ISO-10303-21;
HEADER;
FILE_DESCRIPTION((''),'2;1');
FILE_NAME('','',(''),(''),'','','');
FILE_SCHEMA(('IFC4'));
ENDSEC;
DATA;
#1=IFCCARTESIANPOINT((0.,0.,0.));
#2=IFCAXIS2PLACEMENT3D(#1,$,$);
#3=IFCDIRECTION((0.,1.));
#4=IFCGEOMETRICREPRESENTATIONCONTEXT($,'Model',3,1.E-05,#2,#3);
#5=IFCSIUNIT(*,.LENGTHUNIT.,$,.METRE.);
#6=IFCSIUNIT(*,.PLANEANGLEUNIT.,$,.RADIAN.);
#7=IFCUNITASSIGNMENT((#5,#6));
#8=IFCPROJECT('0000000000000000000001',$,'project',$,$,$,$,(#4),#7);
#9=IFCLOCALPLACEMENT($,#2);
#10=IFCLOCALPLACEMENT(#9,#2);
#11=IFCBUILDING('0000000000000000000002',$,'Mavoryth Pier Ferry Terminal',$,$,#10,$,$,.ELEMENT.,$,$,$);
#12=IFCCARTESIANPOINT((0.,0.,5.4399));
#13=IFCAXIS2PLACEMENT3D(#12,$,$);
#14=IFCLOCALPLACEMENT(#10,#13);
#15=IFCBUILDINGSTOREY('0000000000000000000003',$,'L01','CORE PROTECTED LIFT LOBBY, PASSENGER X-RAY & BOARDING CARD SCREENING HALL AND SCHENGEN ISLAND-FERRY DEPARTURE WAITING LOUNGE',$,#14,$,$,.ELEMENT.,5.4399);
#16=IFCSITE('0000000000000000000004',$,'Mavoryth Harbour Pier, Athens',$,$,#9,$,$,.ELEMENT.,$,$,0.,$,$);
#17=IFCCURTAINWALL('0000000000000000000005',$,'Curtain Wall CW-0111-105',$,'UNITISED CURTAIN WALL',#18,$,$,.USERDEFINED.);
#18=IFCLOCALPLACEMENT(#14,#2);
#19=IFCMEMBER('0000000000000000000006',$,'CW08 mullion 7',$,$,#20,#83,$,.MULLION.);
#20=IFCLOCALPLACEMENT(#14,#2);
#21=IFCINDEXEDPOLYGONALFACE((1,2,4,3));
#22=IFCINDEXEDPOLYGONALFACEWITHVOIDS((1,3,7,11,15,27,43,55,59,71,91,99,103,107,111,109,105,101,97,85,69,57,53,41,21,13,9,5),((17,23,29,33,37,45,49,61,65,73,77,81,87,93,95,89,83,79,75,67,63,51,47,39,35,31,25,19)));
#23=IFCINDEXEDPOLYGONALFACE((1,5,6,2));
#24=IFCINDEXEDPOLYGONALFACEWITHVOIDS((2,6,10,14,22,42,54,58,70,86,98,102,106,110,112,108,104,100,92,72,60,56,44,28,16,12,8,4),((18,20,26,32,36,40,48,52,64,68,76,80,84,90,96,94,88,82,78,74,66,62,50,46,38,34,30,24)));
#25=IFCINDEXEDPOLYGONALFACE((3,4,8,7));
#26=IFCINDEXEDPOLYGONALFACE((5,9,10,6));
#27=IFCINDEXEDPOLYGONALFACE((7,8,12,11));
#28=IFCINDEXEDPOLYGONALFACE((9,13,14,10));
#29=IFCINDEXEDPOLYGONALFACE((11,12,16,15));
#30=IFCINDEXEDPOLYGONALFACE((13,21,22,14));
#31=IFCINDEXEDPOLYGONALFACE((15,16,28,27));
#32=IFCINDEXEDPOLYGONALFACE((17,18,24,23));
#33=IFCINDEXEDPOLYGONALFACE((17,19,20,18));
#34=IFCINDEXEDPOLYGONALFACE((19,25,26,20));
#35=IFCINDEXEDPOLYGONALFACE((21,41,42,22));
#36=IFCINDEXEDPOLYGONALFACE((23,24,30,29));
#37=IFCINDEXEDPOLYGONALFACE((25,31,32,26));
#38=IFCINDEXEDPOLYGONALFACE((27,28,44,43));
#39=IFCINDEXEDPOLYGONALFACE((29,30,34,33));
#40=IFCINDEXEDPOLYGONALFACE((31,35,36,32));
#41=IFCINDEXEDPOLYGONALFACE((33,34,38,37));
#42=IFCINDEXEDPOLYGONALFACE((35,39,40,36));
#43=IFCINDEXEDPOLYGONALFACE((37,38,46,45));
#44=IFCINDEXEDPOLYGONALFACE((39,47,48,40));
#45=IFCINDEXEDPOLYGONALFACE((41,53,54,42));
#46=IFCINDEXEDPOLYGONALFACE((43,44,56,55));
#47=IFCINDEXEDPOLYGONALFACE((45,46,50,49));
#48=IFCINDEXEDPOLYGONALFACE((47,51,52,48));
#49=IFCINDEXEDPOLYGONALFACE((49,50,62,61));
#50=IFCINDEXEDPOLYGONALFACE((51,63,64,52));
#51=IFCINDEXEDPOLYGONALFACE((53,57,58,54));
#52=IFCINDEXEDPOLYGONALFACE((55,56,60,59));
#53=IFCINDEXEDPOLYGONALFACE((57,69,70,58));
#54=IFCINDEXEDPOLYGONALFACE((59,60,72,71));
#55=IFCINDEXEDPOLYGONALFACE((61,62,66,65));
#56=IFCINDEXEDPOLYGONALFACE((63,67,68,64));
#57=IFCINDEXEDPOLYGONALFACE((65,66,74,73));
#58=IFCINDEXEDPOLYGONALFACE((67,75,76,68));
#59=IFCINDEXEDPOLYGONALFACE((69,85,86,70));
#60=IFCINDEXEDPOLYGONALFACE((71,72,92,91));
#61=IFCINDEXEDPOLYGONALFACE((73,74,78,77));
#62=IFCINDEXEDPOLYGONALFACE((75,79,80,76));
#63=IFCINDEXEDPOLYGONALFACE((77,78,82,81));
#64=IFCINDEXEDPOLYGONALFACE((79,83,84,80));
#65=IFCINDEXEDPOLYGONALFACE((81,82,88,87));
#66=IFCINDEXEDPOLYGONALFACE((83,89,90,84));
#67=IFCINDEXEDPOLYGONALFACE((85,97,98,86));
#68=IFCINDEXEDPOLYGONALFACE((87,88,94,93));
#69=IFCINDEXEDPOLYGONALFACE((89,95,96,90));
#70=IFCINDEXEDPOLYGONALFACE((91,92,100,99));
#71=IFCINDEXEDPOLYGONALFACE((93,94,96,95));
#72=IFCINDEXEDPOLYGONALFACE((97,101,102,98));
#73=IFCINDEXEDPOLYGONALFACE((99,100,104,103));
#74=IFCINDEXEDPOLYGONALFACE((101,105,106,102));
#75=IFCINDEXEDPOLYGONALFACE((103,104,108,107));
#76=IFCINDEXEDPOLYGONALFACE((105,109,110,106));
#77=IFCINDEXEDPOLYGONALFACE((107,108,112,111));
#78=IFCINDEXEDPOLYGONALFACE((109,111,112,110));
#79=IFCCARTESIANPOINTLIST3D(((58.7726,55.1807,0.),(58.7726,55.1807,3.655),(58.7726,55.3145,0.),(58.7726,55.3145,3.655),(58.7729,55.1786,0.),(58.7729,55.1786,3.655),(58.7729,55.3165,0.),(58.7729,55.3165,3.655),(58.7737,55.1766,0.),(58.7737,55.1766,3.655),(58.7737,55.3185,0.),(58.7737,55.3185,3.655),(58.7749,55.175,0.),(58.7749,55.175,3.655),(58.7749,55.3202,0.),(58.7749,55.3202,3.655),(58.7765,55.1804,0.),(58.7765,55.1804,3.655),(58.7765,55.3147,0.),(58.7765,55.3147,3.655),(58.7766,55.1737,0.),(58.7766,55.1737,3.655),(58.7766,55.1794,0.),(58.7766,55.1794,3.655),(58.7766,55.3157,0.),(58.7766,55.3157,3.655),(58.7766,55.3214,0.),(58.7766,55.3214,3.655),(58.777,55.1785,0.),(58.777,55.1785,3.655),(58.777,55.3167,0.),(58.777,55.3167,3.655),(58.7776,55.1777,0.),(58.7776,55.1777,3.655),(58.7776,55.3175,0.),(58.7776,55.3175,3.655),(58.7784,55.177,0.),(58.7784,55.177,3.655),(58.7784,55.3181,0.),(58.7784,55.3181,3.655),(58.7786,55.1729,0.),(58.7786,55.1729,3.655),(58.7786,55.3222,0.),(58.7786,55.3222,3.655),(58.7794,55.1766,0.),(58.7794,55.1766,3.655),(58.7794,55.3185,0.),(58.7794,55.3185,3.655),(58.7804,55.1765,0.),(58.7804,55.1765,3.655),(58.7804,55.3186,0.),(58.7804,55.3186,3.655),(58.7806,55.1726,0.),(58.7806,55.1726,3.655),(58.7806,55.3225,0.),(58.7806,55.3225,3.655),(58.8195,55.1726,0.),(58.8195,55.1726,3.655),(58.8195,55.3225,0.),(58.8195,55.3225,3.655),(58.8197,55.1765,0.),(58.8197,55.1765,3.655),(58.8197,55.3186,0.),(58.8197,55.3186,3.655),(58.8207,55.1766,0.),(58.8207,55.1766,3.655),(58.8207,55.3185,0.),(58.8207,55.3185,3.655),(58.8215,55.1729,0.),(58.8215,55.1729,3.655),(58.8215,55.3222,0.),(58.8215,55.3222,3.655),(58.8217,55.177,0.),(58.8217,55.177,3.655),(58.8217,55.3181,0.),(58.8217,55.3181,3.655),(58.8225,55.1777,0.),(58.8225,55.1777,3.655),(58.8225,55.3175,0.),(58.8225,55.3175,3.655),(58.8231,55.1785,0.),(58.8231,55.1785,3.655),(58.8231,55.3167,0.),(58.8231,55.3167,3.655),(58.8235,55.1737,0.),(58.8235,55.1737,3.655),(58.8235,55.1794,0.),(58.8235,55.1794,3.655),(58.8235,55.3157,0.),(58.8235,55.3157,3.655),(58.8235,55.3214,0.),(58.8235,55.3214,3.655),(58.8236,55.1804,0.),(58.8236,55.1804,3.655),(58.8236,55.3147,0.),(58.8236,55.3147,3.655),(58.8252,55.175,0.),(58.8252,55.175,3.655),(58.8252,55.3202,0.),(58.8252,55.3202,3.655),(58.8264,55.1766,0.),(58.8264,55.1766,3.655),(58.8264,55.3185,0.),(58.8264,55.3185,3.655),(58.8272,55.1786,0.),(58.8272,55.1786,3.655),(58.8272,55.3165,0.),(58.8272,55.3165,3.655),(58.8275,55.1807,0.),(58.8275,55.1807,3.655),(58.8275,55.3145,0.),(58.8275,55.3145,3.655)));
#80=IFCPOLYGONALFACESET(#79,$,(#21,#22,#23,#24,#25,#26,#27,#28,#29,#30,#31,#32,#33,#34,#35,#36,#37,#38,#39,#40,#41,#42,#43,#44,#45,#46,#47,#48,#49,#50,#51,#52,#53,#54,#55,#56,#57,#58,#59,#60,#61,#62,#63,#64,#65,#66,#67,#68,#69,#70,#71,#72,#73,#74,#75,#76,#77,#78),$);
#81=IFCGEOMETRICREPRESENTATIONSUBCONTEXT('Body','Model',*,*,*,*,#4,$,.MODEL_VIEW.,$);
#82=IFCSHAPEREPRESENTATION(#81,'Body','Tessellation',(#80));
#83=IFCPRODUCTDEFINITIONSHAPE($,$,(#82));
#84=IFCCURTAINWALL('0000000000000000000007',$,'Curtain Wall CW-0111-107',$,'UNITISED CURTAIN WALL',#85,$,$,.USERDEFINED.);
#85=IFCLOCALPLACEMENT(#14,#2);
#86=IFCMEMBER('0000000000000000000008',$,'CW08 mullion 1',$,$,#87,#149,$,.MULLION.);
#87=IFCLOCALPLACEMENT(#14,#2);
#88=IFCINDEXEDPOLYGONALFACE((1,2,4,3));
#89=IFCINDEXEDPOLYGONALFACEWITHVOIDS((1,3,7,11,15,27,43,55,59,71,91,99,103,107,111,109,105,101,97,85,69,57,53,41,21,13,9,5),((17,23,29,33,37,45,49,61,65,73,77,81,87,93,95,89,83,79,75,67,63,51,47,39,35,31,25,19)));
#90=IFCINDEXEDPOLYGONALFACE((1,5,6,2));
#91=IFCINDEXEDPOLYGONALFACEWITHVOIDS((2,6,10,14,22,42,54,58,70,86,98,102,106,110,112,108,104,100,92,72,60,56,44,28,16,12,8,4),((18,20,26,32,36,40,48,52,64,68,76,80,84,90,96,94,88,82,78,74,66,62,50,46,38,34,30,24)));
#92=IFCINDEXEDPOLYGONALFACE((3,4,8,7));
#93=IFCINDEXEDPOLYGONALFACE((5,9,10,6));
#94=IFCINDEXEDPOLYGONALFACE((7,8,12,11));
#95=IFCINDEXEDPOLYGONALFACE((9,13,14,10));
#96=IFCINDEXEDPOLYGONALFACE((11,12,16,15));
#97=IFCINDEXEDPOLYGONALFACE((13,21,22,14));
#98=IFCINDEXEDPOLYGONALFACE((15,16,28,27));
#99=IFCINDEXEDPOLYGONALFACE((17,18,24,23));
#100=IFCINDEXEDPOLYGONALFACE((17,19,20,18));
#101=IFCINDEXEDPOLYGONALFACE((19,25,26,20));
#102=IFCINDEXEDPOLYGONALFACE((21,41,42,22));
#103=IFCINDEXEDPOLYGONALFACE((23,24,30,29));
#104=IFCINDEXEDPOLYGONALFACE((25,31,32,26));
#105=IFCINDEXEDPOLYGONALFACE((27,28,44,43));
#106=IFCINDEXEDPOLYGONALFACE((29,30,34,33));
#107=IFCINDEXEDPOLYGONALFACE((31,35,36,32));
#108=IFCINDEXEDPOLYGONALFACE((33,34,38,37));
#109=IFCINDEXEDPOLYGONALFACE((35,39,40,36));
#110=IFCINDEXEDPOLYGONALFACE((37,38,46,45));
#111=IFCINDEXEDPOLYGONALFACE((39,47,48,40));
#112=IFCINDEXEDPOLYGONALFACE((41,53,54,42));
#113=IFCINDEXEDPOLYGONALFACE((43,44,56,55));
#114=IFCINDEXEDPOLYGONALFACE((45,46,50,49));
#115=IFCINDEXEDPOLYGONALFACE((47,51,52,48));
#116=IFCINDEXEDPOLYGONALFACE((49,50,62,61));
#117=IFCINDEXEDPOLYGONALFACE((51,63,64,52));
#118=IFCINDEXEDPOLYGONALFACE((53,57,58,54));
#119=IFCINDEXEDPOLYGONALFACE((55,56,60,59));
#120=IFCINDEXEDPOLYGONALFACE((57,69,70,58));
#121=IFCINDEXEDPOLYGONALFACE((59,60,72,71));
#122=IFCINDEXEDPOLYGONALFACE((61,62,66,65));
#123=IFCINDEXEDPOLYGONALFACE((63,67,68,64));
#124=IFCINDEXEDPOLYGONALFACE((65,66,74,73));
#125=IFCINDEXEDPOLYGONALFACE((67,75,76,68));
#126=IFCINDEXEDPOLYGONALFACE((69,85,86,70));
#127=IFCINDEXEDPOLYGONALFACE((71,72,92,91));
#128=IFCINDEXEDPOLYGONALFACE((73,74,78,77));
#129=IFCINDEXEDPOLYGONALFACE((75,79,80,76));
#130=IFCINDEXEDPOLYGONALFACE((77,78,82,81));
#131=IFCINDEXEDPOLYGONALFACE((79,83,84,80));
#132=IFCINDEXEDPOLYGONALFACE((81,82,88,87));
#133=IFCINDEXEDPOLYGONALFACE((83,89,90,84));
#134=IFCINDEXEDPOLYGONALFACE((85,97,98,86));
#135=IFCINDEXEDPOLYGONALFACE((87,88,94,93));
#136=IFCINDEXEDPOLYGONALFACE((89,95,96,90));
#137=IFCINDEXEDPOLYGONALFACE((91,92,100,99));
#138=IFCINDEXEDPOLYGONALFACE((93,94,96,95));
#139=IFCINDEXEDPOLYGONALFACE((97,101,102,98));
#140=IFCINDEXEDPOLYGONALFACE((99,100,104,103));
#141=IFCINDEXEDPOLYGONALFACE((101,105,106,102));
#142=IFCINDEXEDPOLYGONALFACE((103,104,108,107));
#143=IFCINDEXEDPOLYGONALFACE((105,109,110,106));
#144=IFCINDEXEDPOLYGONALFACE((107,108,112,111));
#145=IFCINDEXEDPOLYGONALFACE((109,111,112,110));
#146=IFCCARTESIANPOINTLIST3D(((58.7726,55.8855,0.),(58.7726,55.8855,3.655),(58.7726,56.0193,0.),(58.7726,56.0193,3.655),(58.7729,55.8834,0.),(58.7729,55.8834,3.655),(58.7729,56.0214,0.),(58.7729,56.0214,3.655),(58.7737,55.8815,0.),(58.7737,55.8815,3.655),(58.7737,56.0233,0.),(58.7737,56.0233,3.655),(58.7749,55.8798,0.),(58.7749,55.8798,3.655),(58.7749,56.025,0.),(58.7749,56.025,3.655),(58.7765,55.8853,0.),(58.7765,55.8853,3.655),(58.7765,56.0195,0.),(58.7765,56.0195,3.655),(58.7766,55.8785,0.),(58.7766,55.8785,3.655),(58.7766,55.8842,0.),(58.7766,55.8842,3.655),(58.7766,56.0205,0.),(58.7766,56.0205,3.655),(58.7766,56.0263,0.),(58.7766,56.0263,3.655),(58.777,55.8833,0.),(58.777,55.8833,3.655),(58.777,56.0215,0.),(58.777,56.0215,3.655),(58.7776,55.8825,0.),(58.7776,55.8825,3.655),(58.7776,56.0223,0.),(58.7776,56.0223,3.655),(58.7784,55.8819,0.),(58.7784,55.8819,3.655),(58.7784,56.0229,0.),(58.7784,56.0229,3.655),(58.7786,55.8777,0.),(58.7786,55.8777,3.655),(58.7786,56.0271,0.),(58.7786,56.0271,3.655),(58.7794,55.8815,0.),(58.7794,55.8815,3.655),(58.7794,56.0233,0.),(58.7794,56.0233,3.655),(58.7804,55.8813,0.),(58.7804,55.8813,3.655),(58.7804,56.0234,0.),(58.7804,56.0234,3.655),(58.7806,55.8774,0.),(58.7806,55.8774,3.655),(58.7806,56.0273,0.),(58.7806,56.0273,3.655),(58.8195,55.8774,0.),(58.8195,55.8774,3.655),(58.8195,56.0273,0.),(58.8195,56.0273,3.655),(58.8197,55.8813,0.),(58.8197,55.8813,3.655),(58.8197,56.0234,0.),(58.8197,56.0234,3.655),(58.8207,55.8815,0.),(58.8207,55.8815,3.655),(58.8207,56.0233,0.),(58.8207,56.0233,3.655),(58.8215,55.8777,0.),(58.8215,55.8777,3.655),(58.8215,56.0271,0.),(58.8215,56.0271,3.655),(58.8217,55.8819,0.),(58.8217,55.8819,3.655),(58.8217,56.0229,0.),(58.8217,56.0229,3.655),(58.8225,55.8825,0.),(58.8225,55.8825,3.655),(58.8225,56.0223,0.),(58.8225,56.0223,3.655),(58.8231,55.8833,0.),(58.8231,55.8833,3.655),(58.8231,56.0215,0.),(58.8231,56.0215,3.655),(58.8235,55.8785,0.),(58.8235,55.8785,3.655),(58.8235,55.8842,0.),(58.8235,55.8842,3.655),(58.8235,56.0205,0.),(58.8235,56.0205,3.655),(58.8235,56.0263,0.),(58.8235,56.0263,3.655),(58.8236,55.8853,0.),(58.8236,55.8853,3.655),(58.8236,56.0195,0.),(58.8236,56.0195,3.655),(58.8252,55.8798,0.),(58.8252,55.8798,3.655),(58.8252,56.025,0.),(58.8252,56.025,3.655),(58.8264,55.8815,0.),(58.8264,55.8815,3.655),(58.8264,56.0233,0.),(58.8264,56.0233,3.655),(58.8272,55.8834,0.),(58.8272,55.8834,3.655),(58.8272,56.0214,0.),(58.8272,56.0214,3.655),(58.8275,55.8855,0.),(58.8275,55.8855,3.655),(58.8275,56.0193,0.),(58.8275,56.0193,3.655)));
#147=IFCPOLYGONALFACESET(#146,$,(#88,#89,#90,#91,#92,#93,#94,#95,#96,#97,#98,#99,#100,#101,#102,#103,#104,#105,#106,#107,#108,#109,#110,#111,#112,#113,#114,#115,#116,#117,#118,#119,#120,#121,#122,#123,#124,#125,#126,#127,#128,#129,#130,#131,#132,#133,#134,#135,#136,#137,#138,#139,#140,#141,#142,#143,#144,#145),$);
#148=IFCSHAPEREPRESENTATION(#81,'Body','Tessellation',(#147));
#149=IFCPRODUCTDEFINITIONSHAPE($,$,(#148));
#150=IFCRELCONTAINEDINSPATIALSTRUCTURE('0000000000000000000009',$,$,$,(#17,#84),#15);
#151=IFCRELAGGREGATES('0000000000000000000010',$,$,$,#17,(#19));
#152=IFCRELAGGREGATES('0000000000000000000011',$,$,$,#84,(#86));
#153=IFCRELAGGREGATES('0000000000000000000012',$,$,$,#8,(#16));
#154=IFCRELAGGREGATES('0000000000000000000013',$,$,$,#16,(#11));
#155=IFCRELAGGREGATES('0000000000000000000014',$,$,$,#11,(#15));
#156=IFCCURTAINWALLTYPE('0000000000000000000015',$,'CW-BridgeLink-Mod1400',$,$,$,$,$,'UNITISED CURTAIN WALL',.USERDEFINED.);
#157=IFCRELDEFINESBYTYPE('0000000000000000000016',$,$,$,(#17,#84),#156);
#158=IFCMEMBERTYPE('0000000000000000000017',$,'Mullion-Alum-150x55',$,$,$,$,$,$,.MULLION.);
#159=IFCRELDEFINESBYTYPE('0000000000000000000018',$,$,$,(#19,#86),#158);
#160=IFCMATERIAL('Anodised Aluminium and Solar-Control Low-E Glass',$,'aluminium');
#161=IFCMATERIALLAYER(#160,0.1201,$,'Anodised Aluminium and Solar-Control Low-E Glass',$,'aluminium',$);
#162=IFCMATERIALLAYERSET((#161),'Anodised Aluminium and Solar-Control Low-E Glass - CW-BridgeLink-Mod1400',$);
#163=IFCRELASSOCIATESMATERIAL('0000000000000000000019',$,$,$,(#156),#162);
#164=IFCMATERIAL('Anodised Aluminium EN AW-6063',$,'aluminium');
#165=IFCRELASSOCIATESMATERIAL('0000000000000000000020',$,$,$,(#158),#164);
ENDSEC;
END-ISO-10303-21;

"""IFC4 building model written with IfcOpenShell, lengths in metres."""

from ifc_helpers import new_model, si_unit, direction, frame, origin, origin_2d, place, context, subcontext, project, spatial, hollow_rectangle, extrude, material, layer, layer_set, material_profile, profile_set, type_object, element, aggregate, save


model = new_model("IFC4")

# Units and contexts
model_context = context("Model", 3, precision=1e-05, world=origin(), true_north=direction((0.0, 1.0)))
body_context = subcontext(model_context, "Body", "Model", "MODEL_VIEW")
ifc_project = project(units=[si_unit("LENGTHUNIT", "METRE"), si_unit("PLANEANGLEUNIT", "RADIAN")], contexts=[model_context])

# Site, building, storey
site_placement = place(None, origin())
site = spatial("IfcSite", under=ifc_project, at=site_placement, Name="Mavoryth Harbour Pier, Athens", CompositionType="ELEMENT", RefElevation=0.0)
building_placement = place(site_placement, origin())
building = spatial("IfcBuilding", under=site, at=building_placement, Name="Mavoryth Pier Ferry Terminal", CompositionType="ELEMENT")
storey_placement = place(building_placement, frame((0.0, 0.0, 5.4399)))
storey = spatial("IfcBuildingStorey", under=building, at=storey_placement, Name="L01", Description="CORE PROTECTED LIFT LOBBY, PASSENGER X-RAY & BOARDING CARD SCREENING HALL AND SCHENGEN ISLAND-FERRY DEPARTURE WAITING LOUNGE", CompositionType="ELEMENT", Elevation=5.4399)

# Curtain wall, member
ifc_material_1 = material(Name="Anodised Aluminium and Solar-Control Low-E Glass", Category="aluminium")
ifc_layer_1 = layer(ifc_material_1, 0.1201, Name="Anodised Aluminium and Solar-Control Low-E Glass", Category="aluminium")
ifc_layer_set_1 = layer_set([ifc_layer_1], Name="Anodised Aluminium and Solar-Control Low-E Glass - CW-BridgeLink-Mod1400")
curtain_wall_type = type_object("IfcCurtainWallType", Name="CW-BridgeLink-Mod1400", ElementType="UNITISED CURTAIN WALL", PredefinedType="USERDEFINED", material=ifc_layer_set_1)
curtain_wall_1_placement = place(storey_placement, origin())
curtain_wall_1 = element("IfcCurtainWall", 1, at=curtain_wall_1_placement, inside=storey, type_object=curtain_wall_type, Name="Curtain Wall CW-0111-105", ObjectType="UNITISED CURTAIN WALL", PredefinedType="USERDEFINED")
ifc_material_2 = material(Name="Anodised Aluminium EN AW-6063", Category="aluminium")
ifc_material_profile_1 = material_profile(ifc_material_2, hollow_rectangle(XDim=0.0549, YDim=0.1499, WallThickness=0.0039, InnerFilletRadius=0.0039, OuterFilletRadius=0.0081, at=origin_2d()), Name="AL-MULL 150x55x4", Category="aluminium")
ifc_profile_set_1 = profile_set([ifc_material_profile_1], Name="Anodised Aluminium EN AW-6063 - AL-MULL 150x55x4")
member_type_1 = type_object("IfcMemberType", Name="Mullion-Alum-150x55", PredefinedType="MULLION", material=ifc_profile_set_1)
member_1_placement = place(storey_placement, frame((58.8, 55.2476, 0.0), z_axis=(0.0, 0.0, 1.0), x_axis=(-1.0, 0.0, 0.0)))
member_1 = element("IfcMember", 2, at=member_1_placement, type_object=member_type_1, Name="CW08 mullion 7", PredefinedType="MULLION", context=body_context, shape_type="SweptSolid", body=[
    extrude(hollow_rectangle(XDim=0.0549, YDim=0.1499, WallThickness=0.0039, InnerFilletRadius=0.0039, OuterFilletRadius=0.0081, at=origin_2d()), origin(), (0.0, 0.0, 1.0), 3.655),
])

# Curtain wall, member
curtain_wall_2_placement = place(storey_placement, origin())
curtain_wall_2 = element("IfcCurtainWall", 3, at=curtain_wall_2_placement, inside=storey, type_object=curtain_wall_type, Name="Curtain Wall CW-0111-107", ObjectType="UNITISED CURTAIN WALL", PredefinedType="USERDEFINED")
member_2_placement = place(storey_placement, frame((58.8, 55.9524, 0.0), z_axis=(0.0, 0.0, 1.0), x_axis=(-1.0, 0.0, 0.0)))
member_2 = element("IfcMember", 4, at=member_2_placement, type_object=member_type_1, Name="CW08 mullion 1", PredefinedType="MULLION", context=body_context, shape_type="SweptSolid", body=[
    extrude(hollow_rectangle(XDim=0.0549, YDim=0.1499, WallThickness=0.0039, InnerFilletRadius=0.0039, OuterFilletRadius=0.0081, at=origin_2d()), origin(), (0.0, 0.0, 1.0), 3.655),
])

aggregate(curtain_wall_1, [member_1])
aggregate(curtain_wall_2, [member_2])

save(model, "model.ifc")
